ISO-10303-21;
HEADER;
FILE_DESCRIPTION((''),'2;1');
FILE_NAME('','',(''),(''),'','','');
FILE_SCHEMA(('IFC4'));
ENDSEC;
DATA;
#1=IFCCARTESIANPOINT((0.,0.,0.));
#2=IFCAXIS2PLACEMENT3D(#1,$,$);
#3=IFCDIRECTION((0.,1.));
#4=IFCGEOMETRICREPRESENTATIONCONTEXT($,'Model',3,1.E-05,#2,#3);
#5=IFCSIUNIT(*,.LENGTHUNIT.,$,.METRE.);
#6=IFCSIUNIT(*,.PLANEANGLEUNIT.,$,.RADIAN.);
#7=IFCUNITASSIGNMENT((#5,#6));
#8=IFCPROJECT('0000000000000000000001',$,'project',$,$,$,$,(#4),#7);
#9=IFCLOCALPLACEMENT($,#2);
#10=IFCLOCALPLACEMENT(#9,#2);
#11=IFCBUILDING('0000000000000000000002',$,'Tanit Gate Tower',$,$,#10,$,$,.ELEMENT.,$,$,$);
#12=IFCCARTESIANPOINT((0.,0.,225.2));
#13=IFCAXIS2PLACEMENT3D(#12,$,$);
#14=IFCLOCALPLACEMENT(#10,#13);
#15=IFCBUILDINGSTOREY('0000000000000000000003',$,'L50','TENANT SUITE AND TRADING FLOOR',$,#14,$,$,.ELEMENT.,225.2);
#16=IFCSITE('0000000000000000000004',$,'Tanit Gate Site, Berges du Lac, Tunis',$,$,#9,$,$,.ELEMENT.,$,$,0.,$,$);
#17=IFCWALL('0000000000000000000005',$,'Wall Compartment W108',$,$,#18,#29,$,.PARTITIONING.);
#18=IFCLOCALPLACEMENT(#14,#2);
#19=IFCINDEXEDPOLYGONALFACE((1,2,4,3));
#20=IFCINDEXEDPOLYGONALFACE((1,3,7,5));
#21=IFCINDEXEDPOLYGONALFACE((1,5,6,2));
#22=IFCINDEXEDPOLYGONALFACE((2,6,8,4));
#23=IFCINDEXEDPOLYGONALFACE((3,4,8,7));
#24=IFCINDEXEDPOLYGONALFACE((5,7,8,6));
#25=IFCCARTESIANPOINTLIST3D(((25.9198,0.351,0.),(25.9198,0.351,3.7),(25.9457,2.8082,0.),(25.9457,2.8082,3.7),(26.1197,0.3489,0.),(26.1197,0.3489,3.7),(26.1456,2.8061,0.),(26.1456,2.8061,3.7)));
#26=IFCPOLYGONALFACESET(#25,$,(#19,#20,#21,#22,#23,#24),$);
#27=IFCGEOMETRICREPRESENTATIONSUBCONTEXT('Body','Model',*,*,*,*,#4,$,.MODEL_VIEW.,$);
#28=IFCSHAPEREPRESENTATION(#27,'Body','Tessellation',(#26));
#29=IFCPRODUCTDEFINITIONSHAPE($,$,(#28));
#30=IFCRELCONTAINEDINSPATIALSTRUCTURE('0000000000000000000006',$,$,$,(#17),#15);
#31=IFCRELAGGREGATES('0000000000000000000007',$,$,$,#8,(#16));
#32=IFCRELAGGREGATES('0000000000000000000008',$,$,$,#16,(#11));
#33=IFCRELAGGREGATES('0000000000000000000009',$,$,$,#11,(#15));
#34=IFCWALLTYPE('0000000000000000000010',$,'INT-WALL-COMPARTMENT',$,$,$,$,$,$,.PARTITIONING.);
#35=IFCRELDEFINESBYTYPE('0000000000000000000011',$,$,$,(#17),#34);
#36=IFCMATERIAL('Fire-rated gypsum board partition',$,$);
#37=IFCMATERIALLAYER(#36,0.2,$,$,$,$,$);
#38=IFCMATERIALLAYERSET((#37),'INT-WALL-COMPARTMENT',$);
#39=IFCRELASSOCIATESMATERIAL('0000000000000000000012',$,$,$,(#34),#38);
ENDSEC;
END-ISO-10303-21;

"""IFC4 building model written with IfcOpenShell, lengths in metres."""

from ifc_helpers import new_model, si_unit, direction, frame, frame_2d, origin, place, context, subcontext, project, spatial, rectangle, extrude, material, layer, layer_set, type_object, element, save


model = new_model("IFC4")

# Units and contexts
model_context = context("Model", 3, precision=1e-05, world=origin(), true_north=direction((0.0, 1.0)))
body_context = subcontext(model_context, "Body", "Model", "MODEL_VIEW")
ifc_project = project(units=[si_unit("LENGTHUNIT", "METRE"), si_unit("PLANEANGLEUNIT", "RADIAN")], contexts=[model_context])

# Site, building, storey
site_placement = place(None, origin())
site = spatial("IfcSite", under=ifc_project, at=site_placement, Name="Tanit Gate Site, Berges du Lac, Tunis", CompositionType="ELEMENT", RefElevation=0.0)
building_placement = place(site_placement, origin())
building = spatial("IfcBuilding", under=site, at=building_placement, Name="Tanit Gate Tower", CompositionType="ELEMENT")
storey_placement = place(building_placement, frame((0.0, 0.0, 225.2)))
storey = spatial("IfcBuildingStorey", under=building, at=storey_placement, Name="L50", Description="TENANT SUITE AND TRADING FLOOR", CompositionType="ELEMENT", Elevation=225.2)

# Wall
ifc_material_1 = material(Name="Fire-rated gypsum board partition")
ifc_layer_1 = layer(ifc_material_1, 0.2)
ifc_layer_set_1 = layer_set([ifc_layer_1], Name="INT-WALL-COMPARTMENT")
wall_type_1 = type_object("IfcWallType", Name="INT-WALL-COMPARTMENT", PredefinedType="PARTITIONING", material=ifc_layer_set_1)
wall_1_placement = place(storey_placement, frame((26.0198, 0.3501, 0.0), z_axis=(0.0, 0.0, 1.0), x_axis=(0.010532, 0.999945, 0.0)))
element("IfcWall", 1, at=wall_1_placement, inside=storey, type_object=wall_type_1, Name="Wall Compartment W108", PredefinedType="PARTITIONING", context=body_context, shape_type="SweptSolid", body=[
    extrude(rectangle(XDim=2.4573, YDim=0.2, at=frame_2d((1.2285, 0.0))), origin(), (0.0, 0.0, 1.0), 3.7),
])

save(model, "model.ifc")
